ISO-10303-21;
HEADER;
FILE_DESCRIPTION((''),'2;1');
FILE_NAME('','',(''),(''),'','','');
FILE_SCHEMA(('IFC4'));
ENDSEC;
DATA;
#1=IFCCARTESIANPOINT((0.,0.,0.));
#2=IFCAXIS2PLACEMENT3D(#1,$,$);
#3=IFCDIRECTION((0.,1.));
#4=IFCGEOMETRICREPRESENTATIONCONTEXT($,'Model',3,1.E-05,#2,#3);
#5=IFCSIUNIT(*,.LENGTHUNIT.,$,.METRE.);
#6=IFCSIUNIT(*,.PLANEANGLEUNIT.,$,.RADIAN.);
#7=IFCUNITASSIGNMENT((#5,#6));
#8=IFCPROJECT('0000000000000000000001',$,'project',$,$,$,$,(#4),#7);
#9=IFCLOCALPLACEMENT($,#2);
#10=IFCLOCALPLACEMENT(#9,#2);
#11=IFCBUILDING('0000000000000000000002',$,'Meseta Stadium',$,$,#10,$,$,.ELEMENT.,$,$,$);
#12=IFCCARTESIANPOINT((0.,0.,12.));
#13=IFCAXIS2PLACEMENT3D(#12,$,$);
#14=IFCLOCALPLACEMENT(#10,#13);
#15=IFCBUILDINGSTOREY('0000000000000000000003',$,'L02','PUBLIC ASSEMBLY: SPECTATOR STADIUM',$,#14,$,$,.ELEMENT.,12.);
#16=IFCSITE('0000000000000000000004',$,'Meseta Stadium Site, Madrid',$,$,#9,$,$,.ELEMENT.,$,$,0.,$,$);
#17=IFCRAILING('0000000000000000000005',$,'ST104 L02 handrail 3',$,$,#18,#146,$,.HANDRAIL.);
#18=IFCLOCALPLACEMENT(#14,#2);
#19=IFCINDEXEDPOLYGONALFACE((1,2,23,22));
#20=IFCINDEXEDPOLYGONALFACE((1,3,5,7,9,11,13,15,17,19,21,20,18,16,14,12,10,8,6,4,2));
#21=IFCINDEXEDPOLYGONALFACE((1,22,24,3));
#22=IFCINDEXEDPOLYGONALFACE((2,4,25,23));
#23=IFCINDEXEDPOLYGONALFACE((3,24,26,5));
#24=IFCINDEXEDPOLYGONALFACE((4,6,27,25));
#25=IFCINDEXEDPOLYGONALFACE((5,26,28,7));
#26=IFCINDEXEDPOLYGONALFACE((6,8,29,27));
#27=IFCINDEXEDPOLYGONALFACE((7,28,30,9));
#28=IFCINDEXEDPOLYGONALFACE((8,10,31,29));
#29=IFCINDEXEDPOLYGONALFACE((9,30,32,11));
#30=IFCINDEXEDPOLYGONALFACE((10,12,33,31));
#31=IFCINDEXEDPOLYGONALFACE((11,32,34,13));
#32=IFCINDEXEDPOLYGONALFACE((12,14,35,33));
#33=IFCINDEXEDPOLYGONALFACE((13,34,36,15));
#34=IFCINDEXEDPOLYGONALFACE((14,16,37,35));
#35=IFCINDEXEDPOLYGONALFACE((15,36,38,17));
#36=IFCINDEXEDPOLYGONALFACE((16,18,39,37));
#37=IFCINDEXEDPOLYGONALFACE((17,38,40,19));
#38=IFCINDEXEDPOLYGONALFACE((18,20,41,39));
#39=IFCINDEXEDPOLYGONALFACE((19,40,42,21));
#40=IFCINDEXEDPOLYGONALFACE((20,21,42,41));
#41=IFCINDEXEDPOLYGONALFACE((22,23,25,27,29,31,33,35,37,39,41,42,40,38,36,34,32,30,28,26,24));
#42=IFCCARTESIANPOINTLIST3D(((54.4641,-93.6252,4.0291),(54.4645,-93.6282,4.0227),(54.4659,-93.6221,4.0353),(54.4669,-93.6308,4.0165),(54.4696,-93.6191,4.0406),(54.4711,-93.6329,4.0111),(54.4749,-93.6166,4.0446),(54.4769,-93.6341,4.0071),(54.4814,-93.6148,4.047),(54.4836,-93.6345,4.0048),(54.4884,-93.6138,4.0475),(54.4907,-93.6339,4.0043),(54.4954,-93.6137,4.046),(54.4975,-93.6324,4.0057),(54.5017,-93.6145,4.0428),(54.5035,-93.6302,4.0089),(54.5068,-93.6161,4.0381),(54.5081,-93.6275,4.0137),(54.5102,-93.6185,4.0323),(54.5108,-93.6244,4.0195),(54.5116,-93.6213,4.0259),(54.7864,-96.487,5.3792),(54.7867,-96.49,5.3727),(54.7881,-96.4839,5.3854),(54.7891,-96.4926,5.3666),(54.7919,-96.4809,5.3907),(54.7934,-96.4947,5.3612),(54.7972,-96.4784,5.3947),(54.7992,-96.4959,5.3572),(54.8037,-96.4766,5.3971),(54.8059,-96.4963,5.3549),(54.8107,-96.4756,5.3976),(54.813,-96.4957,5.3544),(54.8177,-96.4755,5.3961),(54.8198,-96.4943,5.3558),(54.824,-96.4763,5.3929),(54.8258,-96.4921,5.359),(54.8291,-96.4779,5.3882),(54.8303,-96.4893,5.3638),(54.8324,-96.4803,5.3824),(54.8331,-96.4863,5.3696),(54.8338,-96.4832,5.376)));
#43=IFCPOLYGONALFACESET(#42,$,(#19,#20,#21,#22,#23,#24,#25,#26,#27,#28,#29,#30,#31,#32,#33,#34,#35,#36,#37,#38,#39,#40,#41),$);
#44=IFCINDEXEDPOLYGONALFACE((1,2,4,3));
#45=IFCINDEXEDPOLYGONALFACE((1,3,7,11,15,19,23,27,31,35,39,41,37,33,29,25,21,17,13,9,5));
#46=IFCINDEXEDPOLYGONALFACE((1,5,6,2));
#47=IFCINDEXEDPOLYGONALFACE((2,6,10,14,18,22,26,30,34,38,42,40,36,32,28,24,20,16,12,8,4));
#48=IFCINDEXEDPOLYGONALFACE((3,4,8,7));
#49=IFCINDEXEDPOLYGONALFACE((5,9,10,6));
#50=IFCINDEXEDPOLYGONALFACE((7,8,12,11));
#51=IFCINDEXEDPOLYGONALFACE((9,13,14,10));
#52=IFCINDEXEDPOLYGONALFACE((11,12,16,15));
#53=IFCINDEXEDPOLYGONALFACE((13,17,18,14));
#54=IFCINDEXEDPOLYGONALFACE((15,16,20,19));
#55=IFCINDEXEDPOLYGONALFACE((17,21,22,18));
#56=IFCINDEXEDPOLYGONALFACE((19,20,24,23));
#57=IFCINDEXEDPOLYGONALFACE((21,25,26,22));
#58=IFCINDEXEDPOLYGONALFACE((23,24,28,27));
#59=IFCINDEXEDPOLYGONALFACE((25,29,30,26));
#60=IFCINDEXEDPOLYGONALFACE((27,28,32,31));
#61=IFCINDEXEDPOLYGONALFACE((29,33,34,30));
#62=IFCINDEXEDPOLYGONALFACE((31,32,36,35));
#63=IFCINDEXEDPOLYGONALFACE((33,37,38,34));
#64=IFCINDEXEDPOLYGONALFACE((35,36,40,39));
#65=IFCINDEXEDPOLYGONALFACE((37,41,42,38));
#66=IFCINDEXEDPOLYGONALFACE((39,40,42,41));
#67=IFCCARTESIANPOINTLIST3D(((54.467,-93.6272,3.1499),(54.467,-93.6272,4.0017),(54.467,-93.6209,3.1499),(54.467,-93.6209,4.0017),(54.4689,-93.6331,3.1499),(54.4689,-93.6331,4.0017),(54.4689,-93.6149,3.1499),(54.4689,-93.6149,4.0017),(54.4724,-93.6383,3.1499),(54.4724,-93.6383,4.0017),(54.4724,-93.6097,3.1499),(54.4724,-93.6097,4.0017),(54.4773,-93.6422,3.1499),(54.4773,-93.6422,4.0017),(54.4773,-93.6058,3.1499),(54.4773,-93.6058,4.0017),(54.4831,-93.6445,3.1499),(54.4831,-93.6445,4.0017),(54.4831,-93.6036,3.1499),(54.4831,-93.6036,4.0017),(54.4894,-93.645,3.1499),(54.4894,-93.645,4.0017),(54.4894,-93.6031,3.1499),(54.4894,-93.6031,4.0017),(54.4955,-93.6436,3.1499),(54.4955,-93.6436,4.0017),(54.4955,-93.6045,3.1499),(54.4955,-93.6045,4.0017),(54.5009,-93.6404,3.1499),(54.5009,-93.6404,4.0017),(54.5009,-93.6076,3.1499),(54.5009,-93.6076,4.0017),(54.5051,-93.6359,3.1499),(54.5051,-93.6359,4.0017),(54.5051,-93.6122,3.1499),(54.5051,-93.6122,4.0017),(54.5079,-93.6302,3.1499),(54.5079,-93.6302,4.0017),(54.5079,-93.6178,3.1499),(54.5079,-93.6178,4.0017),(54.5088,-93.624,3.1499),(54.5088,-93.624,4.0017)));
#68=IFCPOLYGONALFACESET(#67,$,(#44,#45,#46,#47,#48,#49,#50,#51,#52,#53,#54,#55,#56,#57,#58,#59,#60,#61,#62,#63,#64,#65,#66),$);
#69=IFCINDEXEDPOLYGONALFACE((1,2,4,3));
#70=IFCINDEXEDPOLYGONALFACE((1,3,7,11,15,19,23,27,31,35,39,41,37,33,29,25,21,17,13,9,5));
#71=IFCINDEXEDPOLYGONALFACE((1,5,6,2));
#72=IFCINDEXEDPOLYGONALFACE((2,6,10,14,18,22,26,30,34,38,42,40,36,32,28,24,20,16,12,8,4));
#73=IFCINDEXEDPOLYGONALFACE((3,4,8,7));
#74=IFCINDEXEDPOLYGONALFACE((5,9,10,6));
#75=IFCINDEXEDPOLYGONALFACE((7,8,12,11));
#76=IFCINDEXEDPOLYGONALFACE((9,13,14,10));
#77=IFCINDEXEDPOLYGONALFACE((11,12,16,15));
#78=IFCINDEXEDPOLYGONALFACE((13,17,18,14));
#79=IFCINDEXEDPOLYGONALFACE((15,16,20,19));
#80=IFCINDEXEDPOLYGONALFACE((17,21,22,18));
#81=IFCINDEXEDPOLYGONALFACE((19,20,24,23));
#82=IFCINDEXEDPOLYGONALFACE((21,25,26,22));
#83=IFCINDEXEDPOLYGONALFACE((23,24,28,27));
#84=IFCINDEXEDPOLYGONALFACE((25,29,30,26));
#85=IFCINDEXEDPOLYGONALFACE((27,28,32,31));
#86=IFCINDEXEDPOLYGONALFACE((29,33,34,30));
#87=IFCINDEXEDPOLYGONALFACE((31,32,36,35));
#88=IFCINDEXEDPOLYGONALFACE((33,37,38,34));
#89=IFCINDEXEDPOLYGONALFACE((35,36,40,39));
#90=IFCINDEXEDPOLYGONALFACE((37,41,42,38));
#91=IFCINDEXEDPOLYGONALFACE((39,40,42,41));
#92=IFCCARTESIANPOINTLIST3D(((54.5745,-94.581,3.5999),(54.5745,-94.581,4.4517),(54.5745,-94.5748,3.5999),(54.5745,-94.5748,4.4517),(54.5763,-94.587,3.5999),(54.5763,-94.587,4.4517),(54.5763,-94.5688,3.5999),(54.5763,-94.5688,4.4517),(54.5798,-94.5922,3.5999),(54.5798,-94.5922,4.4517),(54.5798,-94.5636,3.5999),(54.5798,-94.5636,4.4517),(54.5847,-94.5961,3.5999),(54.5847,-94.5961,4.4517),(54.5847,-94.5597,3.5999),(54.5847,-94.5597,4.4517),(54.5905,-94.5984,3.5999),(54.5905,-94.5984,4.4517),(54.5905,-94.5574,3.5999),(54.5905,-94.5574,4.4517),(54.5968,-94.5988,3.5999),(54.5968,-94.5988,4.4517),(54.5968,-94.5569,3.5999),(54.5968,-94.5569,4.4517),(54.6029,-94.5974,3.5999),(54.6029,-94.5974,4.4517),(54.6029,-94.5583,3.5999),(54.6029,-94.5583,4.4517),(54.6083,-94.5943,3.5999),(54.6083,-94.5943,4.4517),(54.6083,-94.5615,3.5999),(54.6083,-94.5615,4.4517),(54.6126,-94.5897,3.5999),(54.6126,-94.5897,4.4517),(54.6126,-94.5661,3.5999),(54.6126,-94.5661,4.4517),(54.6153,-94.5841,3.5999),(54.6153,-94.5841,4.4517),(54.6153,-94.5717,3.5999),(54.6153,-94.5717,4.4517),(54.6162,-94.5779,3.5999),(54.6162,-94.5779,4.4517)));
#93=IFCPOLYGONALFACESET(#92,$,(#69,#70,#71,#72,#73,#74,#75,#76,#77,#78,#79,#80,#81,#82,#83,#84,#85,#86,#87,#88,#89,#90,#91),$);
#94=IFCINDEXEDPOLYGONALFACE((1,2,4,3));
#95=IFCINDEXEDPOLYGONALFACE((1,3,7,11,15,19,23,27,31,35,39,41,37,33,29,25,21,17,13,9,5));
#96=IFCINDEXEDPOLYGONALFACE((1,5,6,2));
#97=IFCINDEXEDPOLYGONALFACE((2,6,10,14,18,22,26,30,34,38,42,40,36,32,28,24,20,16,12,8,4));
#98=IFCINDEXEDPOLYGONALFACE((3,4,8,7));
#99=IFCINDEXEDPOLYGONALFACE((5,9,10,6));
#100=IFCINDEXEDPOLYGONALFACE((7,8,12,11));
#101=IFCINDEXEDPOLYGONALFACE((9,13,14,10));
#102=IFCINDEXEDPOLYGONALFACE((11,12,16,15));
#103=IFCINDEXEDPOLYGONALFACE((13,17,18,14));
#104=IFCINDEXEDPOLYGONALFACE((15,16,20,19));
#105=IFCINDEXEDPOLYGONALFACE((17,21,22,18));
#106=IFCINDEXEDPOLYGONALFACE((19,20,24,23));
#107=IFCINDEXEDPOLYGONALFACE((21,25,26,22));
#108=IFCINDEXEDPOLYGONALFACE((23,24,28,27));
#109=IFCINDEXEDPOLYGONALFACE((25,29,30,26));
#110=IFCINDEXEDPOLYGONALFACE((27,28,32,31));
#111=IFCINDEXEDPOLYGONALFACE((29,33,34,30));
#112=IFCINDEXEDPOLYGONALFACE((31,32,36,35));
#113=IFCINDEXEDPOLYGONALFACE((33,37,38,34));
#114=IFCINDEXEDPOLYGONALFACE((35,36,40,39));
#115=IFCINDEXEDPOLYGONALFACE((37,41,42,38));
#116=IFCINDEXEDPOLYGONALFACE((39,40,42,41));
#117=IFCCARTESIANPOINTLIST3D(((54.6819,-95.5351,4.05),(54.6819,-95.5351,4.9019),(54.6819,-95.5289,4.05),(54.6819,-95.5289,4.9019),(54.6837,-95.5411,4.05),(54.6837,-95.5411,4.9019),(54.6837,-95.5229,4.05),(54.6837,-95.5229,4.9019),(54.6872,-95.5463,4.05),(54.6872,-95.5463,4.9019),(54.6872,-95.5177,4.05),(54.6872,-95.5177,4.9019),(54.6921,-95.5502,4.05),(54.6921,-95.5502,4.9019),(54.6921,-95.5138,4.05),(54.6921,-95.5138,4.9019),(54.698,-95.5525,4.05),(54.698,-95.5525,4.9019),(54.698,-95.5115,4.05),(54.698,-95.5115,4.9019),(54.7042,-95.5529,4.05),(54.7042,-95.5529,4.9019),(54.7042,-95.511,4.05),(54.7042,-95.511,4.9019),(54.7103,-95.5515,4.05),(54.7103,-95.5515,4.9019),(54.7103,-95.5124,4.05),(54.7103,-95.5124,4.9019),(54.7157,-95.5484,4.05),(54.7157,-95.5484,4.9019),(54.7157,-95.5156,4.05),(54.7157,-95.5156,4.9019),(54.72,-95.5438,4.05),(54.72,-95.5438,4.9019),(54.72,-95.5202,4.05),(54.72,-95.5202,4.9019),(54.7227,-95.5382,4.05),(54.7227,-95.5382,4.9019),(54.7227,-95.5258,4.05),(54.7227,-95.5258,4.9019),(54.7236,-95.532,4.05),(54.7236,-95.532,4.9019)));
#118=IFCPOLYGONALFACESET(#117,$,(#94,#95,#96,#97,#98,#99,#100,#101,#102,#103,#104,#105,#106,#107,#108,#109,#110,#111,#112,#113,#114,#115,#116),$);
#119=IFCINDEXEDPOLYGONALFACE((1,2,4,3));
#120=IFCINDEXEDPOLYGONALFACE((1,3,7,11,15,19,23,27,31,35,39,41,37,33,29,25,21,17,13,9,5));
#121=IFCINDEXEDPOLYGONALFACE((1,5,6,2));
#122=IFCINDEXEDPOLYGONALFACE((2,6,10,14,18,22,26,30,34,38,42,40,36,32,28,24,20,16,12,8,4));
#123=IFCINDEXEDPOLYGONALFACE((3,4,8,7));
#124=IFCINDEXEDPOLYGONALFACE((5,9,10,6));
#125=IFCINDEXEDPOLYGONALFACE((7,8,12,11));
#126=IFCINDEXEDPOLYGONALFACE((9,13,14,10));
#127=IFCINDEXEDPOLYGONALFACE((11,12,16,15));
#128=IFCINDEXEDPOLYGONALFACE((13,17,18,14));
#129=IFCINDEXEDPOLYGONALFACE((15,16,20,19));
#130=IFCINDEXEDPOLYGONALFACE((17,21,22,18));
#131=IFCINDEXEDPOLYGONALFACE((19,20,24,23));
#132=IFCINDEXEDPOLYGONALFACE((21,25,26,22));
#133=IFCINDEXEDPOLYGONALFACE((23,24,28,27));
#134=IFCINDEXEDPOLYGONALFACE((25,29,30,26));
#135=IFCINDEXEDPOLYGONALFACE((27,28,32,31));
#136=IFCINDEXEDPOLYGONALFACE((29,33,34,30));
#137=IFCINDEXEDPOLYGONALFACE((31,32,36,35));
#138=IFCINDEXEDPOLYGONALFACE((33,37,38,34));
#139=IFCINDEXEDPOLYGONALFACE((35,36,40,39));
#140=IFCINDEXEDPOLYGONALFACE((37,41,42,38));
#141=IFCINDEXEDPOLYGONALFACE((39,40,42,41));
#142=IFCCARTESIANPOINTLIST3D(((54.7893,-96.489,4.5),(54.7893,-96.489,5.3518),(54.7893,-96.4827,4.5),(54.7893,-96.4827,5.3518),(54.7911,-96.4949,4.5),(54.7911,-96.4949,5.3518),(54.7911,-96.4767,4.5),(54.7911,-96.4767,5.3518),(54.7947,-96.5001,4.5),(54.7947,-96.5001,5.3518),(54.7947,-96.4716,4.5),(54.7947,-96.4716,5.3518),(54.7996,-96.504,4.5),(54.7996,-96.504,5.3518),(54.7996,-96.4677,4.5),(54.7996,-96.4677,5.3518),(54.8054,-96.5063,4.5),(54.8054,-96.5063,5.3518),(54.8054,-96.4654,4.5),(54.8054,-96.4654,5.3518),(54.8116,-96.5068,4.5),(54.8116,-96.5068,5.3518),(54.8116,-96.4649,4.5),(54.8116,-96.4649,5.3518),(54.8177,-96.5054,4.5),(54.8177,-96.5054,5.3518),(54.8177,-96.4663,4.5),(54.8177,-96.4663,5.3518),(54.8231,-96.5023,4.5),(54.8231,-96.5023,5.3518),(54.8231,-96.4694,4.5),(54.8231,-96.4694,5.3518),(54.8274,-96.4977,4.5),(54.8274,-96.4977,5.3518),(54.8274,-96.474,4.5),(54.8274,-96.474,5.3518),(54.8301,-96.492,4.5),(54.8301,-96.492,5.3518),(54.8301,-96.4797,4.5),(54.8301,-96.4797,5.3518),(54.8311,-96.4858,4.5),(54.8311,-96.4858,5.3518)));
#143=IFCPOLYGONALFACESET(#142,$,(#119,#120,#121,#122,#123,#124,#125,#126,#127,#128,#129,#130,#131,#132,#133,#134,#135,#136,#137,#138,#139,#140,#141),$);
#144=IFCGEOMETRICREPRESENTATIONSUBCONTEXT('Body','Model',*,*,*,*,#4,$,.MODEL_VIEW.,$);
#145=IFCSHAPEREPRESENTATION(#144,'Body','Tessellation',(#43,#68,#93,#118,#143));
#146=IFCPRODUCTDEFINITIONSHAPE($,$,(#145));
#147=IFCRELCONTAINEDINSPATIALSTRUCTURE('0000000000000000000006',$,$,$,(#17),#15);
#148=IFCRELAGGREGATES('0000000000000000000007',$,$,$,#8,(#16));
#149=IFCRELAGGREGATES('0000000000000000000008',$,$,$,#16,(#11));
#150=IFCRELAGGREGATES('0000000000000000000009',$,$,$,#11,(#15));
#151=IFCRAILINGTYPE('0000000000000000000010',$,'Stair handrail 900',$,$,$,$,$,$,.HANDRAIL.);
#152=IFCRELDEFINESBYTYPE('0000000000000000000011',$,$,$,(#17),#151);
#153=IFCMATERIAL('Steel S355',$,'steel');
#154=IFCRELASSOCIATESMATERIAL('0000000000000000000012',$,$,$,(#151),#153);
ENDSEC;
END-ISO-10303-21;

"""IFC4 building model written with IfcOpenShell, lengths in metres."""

from ifc_helpers import new_model, si_unit, direction, frame, origin, origin_2d, place, context, subcontext, project, spatial, circle, extrude, material, type_object, element, save


model = new_model("IFC4")

# Units and contexts
model_context = context("Model", 3, precision=1e-05, world=origin(), true_north=direction((0.0, 1.0)))
body_context = subcontext(model_context, "Body", "Model", "MODEL_VIEW")
ifc_project = project(units=[si_unit("LENGTHUNIT", "METRE"), si_unit("PLANEANGLEUNIT", "RADIAN")], contexts=[model_context])

# Site, building, storey
site_placement = place(None, origin())
site = spatial("IfcSite", under=ifc_project, at=site_placement, Name="Meseta Stadium Site, Madrid", CompositionType="ELEMENT", RefElevation=0.0)
building_placement = place(site_placement, origin())
building = spatial("IfcBuilding", under=site, at=building_placement, Name="Meseta Stadium", CompositionType="ELEMENT")
storey_placement = place(building_placement, frame((0.0, 0.0, 12.0)))
storey = spatial("IfcBuildingStorey", under=building, at=storey_placement, Name="L02", Description="PUBLIC ASSEMBLY: SPECTATOR STADIUM", CompositionType="ELEMENT", Elevation=12.0)

# Railing
ifc_material_1 = material(Name="Steel S355", Category="steel")
railing_type_1 = type_object("IfcRailingType", Name="Stair handrail 900", PredefinedType="HANDRAIL", material=ifc_material_1)
railing_1_placement = place(storey_placement, frame((54.4878, -93.624, 3.1499)))
element("IfcRailing", 1, at=railing_1_placement, inside=storey, type_object=railing_type_1, Name="ST104 L02 handrail 3", PredefinedType="HANDRAIL", context=body_context, shape_type="SweptSolid", body=[
    extrude(circle(Radius=0.0239, at=origin_2d()), frame((0.0, 0.0, 0.876), z_axis=(0.10132, -0.899755, 0.424471), x_axis=(0.993719, 0.111902, 0.0)), (0.0, 0.0, 1.0), 3.1807),
    extrude(circle(Radius=0.021, at=origin_2d()), origin(), (0.0, 0.0, 1.0), 0.8518),
    extrude(circle(Radius=0.021, at=origin_2d()), frame((0.1074, -0.9539, 0.45)), (0.0, 0.0, 1.0), 0.8518),
    extrude(circle(Radius=0.021, at=origin_2d()), frame((0.2148, -1.908, 0.9001)), (0.0, 0.0, 1.0), 0.8518),
    extrude(circle(Radius=0.021, at=origin_2d()), frame((0.3223, -2.8618, 1.3501)), (0.0, 0.0, 1.0), 0.8518),
])

save(model, "model.ifc")
